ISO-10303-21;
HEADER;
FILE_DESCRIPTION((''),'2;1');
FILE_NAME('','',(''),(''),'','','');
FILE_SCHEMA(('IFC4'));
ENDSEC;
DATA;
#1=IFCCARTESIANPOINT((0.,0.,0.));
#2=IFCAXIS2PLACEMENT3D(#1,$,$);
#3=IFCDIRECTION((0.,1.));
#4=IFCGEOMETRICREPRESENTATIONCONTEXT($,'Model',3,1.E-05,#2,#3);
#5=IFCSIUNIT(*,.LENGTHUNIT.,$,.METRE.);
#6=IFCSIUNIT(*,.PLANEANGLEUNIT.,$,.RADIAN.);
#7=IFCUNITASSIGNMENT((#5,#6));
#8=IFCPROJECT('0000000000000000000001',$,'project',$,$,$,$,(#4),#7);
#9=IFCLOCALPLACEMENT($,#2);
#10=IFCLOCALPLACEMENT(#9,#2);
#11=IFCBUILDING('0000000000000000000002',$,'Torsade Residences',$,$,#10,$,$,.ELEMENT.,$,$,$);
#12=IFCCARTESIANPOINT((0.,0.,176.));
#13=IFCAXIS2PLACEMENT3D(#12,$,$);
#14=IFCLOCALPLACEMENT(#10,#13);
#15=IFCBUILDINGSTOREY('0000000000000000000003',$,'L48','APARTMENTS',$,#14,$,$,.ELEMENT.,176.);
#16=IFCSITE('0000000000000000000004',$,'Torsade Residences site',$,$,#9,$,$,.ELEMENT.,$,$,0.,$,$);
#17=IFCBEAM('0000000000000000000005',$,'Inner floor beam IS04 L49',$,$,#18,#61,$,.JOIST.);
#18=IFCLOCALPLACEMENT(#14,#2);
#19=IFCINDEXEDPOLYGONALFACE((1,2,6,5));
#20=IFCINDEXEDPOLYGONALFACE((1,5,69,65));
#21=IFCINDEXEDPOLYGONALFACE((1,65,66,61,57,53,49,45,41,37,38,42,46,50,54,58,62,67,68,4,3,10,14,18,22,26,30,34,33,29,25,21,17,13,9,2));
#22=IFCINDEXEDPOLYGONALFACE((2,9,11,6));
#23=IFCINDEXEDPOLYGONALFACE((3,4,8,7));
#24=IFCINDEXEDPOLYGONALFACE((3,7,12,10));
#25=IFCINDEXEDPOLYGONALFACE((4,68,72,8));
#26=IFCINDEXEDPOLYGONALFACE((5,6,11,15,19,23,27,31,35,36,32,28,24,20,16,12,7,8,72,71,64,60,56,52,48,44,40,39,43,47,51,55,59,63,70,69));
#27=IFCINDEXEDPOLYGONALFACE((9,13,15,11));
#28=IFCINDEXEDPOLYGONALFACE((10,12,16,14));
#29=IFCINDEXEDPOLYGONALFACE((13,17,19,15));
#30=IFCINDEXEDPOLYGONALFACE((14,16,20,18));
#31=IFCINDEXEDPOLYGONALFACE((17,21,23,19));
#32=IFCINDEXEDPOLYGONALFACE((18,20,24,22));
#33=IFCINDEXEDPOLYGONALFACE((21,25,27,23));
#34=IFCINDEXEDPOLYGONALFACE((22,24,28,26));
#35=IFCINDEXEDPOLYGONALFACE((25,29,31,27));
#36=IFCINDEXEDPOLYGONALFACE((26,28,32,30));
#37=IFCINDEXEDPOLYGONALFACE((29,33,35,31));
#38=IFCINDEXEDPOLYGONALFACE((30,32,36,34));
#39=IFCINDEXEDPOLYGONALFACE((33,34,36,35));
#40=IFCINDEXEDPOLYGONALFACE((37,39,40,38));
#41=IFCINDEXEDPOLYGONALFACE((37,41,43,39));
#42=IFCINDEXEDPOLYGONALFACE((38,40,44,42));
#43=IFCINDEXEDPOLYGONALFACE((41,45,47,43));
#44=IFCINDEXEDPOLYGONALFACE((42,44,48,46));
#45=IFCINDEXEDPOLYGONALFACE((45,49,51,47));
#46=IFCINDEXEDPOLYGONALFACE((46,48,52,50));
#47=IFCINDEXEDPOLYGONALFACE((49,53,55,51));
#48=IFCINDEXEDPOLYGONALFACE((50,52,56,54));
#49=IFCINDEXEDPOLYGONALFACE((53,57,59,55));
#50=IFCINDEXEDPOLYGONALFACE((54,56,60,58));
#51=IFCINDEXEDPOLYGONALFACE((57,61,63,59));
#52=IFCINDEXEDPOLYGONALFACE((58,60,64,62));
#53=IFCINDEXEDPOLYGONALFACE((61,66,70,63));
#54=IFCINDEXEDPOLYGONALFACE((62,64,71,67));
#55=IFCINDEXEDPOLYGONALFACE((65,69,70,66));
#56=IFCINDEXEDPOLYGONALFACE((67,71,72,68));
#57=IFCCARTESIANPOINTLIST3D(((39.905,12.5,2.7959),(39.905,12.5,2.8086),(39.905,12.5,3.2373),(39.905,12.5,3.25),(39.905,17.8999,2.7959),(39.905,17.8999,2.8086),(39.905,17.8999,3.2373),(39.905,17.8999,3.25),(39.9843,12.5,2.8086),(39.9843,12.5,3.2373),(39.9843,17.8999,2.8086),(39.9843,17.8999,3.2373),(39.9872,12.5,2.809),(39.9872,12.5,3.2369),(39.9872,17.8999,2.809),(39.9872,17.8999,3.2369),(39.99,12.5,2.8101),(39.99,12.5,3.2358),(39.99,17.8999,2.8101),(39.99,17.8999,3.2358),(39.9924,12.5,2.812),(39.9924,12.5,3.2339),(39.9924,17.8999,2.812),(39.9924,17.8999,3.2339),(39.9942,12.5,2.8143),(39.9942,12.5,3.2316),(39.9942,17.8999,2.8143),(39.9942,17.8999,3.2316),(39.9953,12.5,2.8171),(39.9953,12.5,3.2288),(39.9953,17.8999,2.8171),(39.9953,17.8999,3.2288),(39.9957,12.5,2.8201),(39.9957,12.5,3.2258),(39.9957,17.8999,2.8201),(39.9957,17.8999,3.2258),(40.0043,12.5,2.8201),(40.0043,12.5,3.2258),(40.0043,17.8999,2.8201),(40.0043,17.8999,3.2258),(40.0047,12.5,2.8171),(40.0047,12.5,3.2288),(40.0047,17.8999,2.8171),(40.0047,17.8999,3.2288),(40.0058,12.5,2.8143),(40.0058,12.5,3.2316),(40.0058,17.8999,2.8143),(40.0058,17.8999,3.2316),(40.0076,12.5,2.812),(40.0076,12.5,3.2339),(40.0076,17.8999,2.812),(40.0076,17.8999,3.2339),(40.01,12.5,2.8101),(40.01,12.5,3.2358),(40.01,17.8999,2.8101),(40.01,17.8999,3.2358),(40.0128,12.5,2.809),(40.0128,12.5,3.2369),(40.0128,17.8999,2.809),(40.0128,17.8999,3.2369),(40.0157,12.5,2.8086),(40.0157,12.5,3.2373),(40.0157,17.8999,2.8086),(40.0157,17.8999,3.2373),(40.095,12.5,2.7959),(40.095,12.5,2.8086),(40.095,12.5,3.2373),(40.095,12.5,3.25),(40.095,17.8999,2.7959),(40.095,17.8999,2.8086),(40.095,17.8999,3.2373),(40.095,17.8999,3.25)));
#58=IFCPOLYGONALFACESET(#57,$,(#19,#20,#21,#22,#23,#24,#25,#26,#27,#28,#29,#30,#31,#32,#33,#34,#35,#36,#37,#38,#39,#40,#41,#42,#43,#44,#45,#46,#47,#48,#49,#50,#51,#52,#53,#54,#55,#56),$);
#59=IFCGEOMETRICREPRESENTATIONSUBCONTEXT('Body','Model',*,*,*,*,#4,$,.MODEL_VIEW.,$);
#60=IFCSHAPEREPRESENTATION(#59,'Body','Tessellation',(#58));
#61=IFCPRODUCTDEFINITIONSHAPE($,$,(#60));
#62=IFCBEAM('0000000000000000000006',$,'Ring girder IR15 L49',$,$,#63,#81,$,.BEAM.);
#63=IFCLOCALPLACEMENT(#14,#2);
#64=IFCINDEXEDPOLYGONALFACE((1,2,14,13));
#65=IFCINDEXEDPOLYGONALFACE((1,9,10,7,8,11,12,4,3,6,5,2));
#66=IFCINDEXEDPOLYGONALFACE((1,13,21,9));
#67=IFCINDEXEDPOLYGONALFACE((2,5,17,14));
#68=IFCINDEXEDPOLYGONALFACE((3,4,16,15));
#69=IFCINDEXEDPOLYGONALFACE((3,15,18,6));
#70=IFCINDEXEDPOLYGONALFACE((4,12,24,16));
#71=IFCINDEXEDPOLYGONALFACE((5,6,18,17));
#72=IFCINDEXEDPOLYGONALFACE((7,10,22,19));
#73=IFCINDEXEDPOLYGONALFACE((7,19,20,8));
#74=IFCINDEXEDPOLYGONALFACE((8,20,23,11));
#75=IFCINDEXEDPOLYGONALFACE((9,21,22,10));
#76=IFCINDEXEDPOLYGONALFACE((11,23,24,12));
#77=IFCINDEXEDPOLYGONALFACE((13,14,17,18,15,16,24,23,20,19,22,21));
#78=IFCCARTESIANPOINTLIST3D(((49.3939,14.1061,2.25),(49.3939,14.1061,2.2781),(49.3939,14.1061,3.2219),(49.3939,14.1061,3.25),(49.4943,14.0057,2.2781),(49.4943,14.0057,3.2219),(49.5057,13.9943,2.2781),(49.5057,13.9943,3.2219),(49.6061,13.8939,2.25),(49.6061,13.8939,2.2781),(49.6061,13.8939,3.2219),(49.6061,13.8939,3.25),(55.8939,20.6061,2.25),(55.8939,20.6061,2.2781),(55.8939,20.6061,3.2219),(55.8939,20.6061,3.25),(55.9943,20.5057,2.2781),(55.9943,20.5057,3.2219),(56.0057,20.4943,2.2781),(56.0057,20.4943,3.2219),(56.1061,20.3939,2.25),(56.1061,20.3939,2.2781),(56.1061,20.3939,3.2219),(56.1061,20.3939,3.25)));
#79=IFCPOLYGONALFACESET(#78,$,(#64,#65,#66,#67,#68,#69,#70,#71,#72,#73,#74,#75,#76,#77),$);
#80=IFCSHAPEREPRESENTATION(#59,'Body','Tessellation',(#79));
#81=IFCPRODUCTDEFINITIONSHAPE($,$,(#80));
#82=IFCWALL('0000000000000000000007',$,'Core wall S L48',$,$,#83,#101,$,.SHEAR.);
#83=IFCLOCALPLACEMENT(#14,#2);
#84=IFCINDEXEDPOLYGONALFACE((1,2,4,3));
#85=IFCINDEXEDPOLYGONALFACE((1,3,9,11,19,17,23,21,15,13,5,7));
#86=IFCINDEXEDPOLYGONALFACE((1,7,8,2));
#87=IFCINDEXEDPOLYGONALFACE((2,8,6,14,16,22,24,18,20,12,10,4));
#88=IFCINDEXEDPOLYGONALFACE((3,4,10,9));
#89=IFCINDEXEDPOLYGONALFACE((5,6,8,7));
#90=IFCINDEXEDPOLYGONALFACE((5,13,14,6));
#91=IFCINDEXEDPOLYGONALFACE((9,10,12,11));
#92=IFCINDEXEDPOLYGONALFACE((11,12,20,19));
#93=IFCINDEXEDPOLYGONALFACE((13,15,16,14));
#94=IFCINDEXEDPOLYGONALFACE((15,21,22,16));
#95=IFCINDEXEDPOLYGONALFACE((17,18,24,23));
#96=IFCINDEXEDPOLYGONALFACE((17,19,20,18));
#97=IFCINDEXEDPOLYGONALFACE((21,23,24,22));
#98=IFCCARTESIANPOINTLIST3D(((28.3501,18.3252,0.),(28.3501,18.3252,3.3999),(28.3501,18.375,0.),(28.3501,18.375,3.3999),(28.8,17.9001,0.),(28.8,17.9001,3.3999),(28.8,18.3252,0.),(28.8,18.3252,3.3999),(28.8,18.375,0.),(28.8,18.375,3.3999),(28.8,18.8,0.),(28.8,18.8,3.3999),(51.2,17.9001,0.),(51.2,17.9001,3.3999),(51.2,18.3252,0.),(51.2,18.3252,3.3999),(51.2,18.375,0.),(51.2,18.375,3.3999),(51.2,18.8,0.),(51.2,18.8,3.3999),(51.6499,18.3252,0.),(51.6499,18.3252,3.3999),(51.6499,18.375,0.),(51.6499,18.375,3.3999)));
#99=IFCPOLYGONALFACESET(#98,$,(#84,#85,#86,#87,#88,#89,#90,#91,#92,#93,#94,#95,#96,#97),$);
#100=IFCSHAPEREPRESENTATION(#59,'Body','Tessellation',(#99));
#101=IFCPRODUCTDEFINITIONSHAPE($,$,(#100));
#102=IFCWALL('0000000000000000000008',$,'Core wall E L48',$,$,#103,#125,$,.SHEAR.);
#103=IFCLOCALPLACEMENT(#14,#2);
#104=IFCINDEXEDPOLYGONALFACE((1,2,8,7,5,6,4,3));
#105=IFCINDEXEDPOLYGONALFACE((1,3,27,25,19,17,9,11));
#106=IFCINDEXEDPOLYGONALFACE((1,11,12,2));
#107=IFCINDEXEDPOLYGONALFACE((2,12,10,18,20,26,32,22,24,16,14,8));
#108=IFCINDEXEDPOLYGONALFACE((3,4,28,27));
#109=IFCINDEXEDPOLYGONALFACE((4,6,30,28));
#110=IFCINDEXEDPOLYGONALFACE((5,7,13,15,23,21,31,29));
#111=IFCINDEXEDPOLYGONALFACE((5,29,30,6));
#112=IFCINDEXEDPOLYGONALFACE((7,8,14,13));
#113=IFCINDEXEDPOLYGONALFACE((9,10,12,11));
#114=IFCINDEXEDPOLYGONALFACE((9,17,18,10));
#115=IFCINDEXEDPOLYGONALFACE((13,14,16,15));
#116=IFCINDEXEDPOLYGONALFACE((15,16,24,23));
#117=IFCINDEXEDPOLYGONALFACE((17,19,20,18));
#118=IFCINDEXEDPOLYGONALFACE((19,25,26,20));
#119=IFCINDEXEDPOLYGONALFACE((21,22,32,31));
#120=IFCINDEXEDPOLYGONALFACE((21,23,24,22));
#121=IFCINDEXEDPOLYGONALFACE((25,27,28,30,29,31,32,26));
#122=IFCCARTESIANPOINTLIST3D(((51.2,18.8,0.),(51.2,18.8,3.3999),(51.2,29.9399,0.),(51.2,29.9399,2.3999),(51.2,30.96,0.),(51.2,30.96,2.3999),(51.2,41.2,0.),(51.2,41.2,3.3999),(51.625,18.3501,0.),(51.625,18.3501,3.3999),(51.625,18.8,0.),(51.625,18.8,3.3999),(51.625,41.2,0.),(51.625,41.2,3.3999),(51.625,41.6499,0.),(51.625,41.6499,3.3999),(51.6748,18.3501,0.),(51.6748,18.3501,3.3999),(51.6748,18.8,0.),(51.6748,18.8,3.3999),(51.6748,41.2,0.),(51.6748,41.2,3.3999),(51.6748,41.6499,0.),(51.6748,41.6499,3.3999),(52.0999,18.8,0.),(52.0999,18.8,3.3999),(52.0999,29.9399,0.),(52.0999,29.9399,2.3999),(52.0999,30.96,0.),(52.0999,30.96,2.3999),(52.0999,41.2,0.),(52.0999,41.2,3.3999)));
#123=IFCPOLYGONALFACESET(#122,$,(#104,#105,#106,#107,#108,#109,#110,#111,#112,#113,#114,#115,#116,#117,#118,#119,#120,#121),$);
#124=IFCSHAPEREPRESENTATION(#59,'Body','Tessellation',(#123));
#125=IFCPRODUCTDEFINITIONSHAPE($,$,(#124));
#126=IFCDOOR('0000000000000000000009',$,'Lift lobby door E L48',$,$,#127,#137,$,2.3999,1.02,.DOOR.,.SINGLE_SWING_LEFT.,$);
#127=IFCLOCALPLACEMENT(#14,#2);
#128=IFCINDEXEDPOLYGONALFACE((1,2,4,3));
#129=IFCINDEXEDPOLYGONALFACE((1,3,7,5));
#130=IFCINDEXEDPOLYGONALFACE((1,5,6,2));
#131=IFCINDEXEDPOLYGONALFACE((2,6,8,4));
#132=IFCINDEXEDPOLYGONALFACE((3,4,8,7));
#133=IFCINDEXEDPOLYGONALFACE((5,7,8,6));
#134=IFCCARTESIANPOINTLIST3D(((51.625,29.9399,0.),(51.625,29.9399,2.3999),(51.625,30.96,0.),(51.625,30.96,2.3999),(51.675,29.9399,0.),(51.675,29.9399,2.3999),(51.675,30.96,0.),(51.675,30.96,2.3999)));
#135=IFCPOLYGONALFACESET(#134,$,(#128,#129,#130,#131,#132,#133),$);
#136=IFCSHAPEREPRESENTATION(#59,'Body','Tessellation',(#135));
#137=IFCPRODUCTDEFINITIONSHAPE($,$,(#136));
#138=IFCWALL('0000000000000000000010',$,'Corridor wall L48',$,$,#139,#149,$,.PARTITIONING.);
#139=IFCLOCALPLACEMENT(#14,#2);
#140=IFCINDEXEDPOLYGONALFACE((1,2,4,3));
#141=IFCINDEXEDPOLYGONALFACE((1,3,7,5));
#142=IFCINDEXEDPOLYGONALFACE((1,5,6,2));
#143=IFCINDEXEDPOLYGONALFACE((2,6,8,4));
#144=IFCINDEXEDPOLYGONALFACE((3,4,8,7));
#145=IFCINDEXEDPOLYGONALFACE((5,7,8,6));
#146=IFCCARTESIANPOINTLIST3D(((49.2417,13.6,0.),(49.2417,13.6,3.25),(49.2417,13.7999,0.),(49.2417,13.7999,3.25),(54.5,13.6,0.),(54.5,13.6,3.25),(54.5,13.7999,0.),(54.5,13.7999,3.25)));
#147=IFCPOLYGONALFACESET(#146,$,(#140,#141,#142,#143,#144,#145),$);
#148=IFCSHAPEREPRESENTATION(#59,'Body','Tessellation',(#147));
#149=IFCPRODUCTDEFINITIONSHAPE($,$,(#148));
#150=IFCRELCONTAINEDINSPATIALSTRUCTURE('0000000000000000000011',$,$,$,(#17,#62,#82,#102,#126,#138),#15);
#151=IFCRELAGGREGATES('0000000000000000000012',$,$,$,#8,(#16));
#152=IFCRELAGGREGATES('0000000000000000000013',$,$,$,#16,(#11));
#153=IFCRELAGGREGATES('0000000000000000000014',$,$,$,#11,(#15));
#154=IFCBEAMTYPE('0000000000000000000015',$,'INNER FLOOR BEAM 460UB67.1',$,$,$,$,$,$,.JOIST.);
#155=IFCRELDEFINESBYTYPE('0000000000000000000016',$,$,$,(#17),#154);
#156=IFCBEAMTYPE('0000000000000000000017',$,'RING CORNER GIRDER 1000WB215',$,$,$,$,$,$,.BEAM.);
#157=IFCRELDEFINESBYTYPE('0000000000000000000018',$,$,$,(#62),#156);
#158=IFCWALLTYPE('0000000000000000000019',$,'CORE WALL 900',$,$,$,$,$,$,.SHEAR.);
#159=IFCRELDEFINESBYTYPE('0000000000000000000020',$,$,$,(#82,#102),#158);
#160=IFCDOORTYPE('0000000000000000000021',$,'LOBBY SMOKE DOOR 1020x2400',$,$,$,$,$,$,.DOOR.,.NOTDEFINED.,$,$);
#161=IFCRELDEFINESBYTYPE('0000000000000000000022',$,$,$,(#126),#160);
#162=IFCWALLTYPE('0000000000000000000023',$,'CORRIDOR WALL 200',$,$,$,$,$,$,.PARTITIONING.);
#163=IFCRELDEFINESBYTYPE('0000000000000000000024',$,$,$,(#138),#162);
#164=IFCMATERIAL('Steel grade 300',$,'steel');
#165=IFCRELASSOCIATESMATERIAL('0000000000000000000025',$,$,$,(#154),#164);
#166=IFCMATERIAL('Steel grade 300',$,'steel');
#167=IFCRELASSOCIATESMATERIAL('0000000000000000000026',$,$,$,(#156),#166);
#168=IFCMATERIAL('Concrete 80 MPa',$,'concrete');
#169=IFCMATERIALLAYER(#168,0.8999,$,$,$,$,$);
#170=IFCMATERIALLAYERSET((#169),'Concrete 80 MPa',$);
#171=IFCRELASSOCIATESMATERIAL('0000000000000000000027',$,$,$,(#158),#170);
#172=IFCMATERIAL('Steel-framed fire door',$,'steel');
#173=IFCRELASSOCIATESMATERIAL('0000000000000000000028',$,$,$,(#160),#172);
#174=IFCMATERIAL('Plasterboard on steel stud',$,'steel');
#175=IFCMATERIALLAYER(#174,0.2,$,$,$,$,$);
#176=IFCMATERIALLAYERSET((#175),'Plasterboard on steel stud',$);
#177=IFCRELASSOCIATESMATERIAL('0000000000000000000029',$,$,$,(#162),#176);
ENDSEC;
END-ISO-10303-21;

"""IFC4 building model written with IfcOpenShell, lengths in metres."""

from ifc_helpers import new_model, si_unit, direction, frame, frame_2d, origin, origin_2d, place, context, subcontext, project, spatial, polyline, rectangle, i_section, outline, extrude, material, layer, layer_set, material_profile, profile_set, type_object, element, fill, save


model = new_model("IFC4")

# Units and contexts
model_context = context("Model", 3, precision=1e-05, world=origin(), true_north=direction((0.0, 1.0)))
body_context = subcontext(model_context, "Body", "Model", "MODEL_VIEW")
ifc_project = project(units=[si_unit("LENGTHUNIT", "METRE"), si_unit("PLANEANGLEUNIT", "RADIAN")], contexts=[model_context])

# Site, building, storey
site_placement = place(None, origin())
site = spatial("IfcSite", under=ifc_project, at=site_placement, Name="Torsade Residences site", CompositionType="ELEMENT", RefElevation=0.0)
building_placement = place(site_placement, origin())
building = spatial("IfcBuilding", under=site, at=building_placement, Name="Torsade Residences", CompositionType="ELEMENT")
storey_placement = place(building_placement, frame((0.0, 0.0, 176.0)))
storey = spatial("IfcBuildingStorey", under=building, at=storey_placement, Name="L48", Description="APARTMENTS", CompositionType="ELEMENT", Elevation=176.0)

# Beams
ifc_material_1 = material(Name="Steel grade 300", Category="steel")
ifc_material_profile_1 = material_profile(ifc_material_1, i_section(OverallWidth=0.1899, OverallDepth=0.4541, WebThickness=0.0085, FlangeThickness=0.0127, FilletRadius=0.0115, at=origin_2d()), Name="460UB67.1")
ifc_profile_set_1 = profile_set([ifc_material_profile_1], Name="Steel grade 300")
beam_type_1 = type_object("IfcBeamType", Name="INNER FLOOR BEAM 460UB67.1", PredefinedType="JOIST", material=ifc_profile_set_1)
for number, where, z_axis, x_axis, name in (
    (1, (40.0, 17.8999, 3.0229), (0.0, -1.0, 0.0), (1.0, 0.0, 0.0), "Inner floor beam IS04 L49"),
):
    element("IfcBeam", number, at=place(storey_placement, frame(where, z_axis=z_axis, x_axis=x_axis)), inside=storey, type_object=beam_type_1, Name=name, PredefinedType="JOIST", context=body_context, shape_type="SweptSolid", body=[
        extrude(i_section(OverallWidth=0.1899, OverallDepth=0.4541, WebThickness=0.0085, FlangeThickness=0.0127, FilletRadius=0.0115, at=origin_2d()), origin(), (0.0, 0.0, 1.0), 5.3999),
    ])
ifc_material_2 = material(Name="Steel grade 300", Category="steel")
ifc_material_profile_2 = material_profile(ifc_material_2, i_section(OverallWidth=0.3, OverallDepth=1.0, WebThickness=0.0161, FlangeThickness=0.0281, at=origin_2d()), Name="1000WB215")
ifc_profile_set_2 = profile_set([ifc_material_profile_2], Name="Steel grade 300")
beam_type_2 = type_object("IfcBeamType", Name="RING CORNER GIRDER 1000WB215", PredefinedType="BEAM", material=ifc_profile_set_2)
beam_1_placement = place(storey_placement, frame((49.5, 14.0, 2.75), z_axis=(0.707107, 0.707107, 0.0), x_axis=(-0.707107, 0.707107, 0.0)))
element("IfcBeam", 2, at=beam_1_placement, inside=storey, type_object=beam_type_2, Name="Ring girder IR15 L49", PredefinedType="BEAM", context=body_context, shape_type="SweptSolid", body=[
    extrude(i_section(OverallWidth=0.3, OverallDepth=1.0, WebThickness=0.0161, FlangeThickness=0.0281, at=origin_2d()), origin(), (0.0, 0.0, 1.0), 9.1924),
])

# Wall
ifc_material_3 = material(Name="Concrete 80 MPa", Category="concrete")
ifc_layer_1 = layer(ifc_material_3, 0.8999)
ifc_layer_set_1 = layer_set([ifc_layer_1], Name="Concrete 80 MPa")
wall_type_1 = type_object("IfcWallType", Name="CORE WALL 900", PredefinedType="SHEAR", material=ifc_layer_set_1)
wall_1_placement = place(storey_placement, frame((51.2, 18.3501, 0.0), z_axis=(0.0, 0.0, 1.0), x_axis=(-1.0, 0.0, 0.0)))
element("IfcWall", 3, at=wall_1_placement, inside=storey, type_object=wall_type_1, Name="Core wall S L48", PredefinedType="SHEAR", context=body_context, shape_type="SweptSolid", body=[
    extrude(outline(polyline([(0.0, -0.45), (22.3999, -0.45), (22.3999, -0.0249), (22.8499, -0.0249), (22.8499, 0.0249), (22.3999, 0.0249), (22.3999, 0.45), (0.0, 0.45), (0.0, 0.0249), (-0.45, 0.0249), (-0.45, -0.0249), (0.0, -0.0249), (0.0, -0.45)])), origin(), (0.0, 0.0, 1.0), 3.3999),
])

# Wall, opening, door
wall_2_placement = place(storey_placement, frame((51.6499, 18.8, 0.0), z_axis=(0.0, 0.0, 1.0), x_axis=(0.0, 1.0, 0.0)))
wall_2 = element("IfcWall", 4, at=wall_2_placement, inside=storey, type_object=wall_type_1, Name="Core wall E L48", PredefinedType="SHEAR", context=body_context, shape_type="SweptSolid", body=[
    extrude(outline(polyline([(0.0, -0.45), (22.3999, -0.45), (22.3999, -0.0249), (22.8499, -0.0249), (22.8499, 0.0249), (22.3999, 0.0249), (22.3999, 0.45), (0.0, 0.45), (0.0, 0.0249), (-0.45, 0.0249), (-0.45, -0.0249), (0.0, -0.0249), (0.0, -0.45)])), origin(), (0.0, 0.0, 1.0), 3.3999),
])
opening_1_placement = place(wall_2_placement, frame((11.1399, 0.0, 0.0)))
opening_1 = element("IfcOpeningElement", 5, at=opening_1_placement, cuts=wall_2, PredefinedType="OPENING", context=body_context, shape_type="SweptSolid", body=[
    extrude(rectangle(XDim=1.02, YDim=2.3999, at=frame_2d((0.51, 1.2))), frame((0.0, 0.46, 0.0), z_axis=(0.0, -1.0, 0.0), x_axis=(1.0, 0.0, 0.0)), (0.0, 0.0, 1.0), 0.9199),
])
ifc_material_4 = material(Name="Steel-framed fire door", Category="steel")
door_type_1 = type_object("IfcDoorType", Name="LOBBY SMOKE DOOR 1020x2400", OperationType="NOTDEFINED", PredefinedType="DOOR", material=ifc_material_4)
door_1_placement = place(opening_1_placement, origin())
door_1 = element("IfcDoor", 6, at=door_1_placement, inside=storey, type_object=door_type_1, Name="Lift lobby door E L48", OperationType="SINGLE_SWING_LEFT", OverallHeight=2.3999, OverallWidth=1.02, PredefinedType="DOOR", context=body_context, shape_type="SweptSolid", body=[
    extrude(rectangle(XDim=1.02, YDim=2.3999, at=frame_2d((0.51, 1.2))), frame((0.0, 0.0249, 0.0), z_axis=(0.0, -1.0, 0.0), x_axis=(1.0, 0.0, 0.0)), (0.0, 0.0, 1.0), 0.05),
])
fill(opening_1, door_1)

# Wall
ifc_material_5 = material(Name="Plasterboard on steel stud", Category="steel")
ifc_layer_2 = layer(ifc_material_5, 0.2)
ifc_layer_set_2 = layer_set([ifc_layer_2], Name="Plasterboard on steel stud")
wall_type_2 = type_object("IfcWallType", Name="CORRIDOR WALL 200", PredefinedType="PARTITIONING", material=ifc_layer_set_2)
wall_3_placement = place(storey_placement, frame((49.2417, 13.7, 0.0), z_axis=(0.0, 0.0, 1.0), x_axis=(1.0, 0.0, 0.0)))
element("IfcWall", 7, at=wall_3_placement, inside=storey, type_object=wall_type_2, Name="Corridor wall L48", PredefinedType="PARTITIONING", context=body_context, shape_type="SweptSolid", body=[
    extrude(rectangle(XDim=5.2583, YDim=0.2, at=frame_2d((2.6292, 0.0))), origin(), (0.0, 0.0, 1.0), 3.25),
])

save(model, "model.ifc")
